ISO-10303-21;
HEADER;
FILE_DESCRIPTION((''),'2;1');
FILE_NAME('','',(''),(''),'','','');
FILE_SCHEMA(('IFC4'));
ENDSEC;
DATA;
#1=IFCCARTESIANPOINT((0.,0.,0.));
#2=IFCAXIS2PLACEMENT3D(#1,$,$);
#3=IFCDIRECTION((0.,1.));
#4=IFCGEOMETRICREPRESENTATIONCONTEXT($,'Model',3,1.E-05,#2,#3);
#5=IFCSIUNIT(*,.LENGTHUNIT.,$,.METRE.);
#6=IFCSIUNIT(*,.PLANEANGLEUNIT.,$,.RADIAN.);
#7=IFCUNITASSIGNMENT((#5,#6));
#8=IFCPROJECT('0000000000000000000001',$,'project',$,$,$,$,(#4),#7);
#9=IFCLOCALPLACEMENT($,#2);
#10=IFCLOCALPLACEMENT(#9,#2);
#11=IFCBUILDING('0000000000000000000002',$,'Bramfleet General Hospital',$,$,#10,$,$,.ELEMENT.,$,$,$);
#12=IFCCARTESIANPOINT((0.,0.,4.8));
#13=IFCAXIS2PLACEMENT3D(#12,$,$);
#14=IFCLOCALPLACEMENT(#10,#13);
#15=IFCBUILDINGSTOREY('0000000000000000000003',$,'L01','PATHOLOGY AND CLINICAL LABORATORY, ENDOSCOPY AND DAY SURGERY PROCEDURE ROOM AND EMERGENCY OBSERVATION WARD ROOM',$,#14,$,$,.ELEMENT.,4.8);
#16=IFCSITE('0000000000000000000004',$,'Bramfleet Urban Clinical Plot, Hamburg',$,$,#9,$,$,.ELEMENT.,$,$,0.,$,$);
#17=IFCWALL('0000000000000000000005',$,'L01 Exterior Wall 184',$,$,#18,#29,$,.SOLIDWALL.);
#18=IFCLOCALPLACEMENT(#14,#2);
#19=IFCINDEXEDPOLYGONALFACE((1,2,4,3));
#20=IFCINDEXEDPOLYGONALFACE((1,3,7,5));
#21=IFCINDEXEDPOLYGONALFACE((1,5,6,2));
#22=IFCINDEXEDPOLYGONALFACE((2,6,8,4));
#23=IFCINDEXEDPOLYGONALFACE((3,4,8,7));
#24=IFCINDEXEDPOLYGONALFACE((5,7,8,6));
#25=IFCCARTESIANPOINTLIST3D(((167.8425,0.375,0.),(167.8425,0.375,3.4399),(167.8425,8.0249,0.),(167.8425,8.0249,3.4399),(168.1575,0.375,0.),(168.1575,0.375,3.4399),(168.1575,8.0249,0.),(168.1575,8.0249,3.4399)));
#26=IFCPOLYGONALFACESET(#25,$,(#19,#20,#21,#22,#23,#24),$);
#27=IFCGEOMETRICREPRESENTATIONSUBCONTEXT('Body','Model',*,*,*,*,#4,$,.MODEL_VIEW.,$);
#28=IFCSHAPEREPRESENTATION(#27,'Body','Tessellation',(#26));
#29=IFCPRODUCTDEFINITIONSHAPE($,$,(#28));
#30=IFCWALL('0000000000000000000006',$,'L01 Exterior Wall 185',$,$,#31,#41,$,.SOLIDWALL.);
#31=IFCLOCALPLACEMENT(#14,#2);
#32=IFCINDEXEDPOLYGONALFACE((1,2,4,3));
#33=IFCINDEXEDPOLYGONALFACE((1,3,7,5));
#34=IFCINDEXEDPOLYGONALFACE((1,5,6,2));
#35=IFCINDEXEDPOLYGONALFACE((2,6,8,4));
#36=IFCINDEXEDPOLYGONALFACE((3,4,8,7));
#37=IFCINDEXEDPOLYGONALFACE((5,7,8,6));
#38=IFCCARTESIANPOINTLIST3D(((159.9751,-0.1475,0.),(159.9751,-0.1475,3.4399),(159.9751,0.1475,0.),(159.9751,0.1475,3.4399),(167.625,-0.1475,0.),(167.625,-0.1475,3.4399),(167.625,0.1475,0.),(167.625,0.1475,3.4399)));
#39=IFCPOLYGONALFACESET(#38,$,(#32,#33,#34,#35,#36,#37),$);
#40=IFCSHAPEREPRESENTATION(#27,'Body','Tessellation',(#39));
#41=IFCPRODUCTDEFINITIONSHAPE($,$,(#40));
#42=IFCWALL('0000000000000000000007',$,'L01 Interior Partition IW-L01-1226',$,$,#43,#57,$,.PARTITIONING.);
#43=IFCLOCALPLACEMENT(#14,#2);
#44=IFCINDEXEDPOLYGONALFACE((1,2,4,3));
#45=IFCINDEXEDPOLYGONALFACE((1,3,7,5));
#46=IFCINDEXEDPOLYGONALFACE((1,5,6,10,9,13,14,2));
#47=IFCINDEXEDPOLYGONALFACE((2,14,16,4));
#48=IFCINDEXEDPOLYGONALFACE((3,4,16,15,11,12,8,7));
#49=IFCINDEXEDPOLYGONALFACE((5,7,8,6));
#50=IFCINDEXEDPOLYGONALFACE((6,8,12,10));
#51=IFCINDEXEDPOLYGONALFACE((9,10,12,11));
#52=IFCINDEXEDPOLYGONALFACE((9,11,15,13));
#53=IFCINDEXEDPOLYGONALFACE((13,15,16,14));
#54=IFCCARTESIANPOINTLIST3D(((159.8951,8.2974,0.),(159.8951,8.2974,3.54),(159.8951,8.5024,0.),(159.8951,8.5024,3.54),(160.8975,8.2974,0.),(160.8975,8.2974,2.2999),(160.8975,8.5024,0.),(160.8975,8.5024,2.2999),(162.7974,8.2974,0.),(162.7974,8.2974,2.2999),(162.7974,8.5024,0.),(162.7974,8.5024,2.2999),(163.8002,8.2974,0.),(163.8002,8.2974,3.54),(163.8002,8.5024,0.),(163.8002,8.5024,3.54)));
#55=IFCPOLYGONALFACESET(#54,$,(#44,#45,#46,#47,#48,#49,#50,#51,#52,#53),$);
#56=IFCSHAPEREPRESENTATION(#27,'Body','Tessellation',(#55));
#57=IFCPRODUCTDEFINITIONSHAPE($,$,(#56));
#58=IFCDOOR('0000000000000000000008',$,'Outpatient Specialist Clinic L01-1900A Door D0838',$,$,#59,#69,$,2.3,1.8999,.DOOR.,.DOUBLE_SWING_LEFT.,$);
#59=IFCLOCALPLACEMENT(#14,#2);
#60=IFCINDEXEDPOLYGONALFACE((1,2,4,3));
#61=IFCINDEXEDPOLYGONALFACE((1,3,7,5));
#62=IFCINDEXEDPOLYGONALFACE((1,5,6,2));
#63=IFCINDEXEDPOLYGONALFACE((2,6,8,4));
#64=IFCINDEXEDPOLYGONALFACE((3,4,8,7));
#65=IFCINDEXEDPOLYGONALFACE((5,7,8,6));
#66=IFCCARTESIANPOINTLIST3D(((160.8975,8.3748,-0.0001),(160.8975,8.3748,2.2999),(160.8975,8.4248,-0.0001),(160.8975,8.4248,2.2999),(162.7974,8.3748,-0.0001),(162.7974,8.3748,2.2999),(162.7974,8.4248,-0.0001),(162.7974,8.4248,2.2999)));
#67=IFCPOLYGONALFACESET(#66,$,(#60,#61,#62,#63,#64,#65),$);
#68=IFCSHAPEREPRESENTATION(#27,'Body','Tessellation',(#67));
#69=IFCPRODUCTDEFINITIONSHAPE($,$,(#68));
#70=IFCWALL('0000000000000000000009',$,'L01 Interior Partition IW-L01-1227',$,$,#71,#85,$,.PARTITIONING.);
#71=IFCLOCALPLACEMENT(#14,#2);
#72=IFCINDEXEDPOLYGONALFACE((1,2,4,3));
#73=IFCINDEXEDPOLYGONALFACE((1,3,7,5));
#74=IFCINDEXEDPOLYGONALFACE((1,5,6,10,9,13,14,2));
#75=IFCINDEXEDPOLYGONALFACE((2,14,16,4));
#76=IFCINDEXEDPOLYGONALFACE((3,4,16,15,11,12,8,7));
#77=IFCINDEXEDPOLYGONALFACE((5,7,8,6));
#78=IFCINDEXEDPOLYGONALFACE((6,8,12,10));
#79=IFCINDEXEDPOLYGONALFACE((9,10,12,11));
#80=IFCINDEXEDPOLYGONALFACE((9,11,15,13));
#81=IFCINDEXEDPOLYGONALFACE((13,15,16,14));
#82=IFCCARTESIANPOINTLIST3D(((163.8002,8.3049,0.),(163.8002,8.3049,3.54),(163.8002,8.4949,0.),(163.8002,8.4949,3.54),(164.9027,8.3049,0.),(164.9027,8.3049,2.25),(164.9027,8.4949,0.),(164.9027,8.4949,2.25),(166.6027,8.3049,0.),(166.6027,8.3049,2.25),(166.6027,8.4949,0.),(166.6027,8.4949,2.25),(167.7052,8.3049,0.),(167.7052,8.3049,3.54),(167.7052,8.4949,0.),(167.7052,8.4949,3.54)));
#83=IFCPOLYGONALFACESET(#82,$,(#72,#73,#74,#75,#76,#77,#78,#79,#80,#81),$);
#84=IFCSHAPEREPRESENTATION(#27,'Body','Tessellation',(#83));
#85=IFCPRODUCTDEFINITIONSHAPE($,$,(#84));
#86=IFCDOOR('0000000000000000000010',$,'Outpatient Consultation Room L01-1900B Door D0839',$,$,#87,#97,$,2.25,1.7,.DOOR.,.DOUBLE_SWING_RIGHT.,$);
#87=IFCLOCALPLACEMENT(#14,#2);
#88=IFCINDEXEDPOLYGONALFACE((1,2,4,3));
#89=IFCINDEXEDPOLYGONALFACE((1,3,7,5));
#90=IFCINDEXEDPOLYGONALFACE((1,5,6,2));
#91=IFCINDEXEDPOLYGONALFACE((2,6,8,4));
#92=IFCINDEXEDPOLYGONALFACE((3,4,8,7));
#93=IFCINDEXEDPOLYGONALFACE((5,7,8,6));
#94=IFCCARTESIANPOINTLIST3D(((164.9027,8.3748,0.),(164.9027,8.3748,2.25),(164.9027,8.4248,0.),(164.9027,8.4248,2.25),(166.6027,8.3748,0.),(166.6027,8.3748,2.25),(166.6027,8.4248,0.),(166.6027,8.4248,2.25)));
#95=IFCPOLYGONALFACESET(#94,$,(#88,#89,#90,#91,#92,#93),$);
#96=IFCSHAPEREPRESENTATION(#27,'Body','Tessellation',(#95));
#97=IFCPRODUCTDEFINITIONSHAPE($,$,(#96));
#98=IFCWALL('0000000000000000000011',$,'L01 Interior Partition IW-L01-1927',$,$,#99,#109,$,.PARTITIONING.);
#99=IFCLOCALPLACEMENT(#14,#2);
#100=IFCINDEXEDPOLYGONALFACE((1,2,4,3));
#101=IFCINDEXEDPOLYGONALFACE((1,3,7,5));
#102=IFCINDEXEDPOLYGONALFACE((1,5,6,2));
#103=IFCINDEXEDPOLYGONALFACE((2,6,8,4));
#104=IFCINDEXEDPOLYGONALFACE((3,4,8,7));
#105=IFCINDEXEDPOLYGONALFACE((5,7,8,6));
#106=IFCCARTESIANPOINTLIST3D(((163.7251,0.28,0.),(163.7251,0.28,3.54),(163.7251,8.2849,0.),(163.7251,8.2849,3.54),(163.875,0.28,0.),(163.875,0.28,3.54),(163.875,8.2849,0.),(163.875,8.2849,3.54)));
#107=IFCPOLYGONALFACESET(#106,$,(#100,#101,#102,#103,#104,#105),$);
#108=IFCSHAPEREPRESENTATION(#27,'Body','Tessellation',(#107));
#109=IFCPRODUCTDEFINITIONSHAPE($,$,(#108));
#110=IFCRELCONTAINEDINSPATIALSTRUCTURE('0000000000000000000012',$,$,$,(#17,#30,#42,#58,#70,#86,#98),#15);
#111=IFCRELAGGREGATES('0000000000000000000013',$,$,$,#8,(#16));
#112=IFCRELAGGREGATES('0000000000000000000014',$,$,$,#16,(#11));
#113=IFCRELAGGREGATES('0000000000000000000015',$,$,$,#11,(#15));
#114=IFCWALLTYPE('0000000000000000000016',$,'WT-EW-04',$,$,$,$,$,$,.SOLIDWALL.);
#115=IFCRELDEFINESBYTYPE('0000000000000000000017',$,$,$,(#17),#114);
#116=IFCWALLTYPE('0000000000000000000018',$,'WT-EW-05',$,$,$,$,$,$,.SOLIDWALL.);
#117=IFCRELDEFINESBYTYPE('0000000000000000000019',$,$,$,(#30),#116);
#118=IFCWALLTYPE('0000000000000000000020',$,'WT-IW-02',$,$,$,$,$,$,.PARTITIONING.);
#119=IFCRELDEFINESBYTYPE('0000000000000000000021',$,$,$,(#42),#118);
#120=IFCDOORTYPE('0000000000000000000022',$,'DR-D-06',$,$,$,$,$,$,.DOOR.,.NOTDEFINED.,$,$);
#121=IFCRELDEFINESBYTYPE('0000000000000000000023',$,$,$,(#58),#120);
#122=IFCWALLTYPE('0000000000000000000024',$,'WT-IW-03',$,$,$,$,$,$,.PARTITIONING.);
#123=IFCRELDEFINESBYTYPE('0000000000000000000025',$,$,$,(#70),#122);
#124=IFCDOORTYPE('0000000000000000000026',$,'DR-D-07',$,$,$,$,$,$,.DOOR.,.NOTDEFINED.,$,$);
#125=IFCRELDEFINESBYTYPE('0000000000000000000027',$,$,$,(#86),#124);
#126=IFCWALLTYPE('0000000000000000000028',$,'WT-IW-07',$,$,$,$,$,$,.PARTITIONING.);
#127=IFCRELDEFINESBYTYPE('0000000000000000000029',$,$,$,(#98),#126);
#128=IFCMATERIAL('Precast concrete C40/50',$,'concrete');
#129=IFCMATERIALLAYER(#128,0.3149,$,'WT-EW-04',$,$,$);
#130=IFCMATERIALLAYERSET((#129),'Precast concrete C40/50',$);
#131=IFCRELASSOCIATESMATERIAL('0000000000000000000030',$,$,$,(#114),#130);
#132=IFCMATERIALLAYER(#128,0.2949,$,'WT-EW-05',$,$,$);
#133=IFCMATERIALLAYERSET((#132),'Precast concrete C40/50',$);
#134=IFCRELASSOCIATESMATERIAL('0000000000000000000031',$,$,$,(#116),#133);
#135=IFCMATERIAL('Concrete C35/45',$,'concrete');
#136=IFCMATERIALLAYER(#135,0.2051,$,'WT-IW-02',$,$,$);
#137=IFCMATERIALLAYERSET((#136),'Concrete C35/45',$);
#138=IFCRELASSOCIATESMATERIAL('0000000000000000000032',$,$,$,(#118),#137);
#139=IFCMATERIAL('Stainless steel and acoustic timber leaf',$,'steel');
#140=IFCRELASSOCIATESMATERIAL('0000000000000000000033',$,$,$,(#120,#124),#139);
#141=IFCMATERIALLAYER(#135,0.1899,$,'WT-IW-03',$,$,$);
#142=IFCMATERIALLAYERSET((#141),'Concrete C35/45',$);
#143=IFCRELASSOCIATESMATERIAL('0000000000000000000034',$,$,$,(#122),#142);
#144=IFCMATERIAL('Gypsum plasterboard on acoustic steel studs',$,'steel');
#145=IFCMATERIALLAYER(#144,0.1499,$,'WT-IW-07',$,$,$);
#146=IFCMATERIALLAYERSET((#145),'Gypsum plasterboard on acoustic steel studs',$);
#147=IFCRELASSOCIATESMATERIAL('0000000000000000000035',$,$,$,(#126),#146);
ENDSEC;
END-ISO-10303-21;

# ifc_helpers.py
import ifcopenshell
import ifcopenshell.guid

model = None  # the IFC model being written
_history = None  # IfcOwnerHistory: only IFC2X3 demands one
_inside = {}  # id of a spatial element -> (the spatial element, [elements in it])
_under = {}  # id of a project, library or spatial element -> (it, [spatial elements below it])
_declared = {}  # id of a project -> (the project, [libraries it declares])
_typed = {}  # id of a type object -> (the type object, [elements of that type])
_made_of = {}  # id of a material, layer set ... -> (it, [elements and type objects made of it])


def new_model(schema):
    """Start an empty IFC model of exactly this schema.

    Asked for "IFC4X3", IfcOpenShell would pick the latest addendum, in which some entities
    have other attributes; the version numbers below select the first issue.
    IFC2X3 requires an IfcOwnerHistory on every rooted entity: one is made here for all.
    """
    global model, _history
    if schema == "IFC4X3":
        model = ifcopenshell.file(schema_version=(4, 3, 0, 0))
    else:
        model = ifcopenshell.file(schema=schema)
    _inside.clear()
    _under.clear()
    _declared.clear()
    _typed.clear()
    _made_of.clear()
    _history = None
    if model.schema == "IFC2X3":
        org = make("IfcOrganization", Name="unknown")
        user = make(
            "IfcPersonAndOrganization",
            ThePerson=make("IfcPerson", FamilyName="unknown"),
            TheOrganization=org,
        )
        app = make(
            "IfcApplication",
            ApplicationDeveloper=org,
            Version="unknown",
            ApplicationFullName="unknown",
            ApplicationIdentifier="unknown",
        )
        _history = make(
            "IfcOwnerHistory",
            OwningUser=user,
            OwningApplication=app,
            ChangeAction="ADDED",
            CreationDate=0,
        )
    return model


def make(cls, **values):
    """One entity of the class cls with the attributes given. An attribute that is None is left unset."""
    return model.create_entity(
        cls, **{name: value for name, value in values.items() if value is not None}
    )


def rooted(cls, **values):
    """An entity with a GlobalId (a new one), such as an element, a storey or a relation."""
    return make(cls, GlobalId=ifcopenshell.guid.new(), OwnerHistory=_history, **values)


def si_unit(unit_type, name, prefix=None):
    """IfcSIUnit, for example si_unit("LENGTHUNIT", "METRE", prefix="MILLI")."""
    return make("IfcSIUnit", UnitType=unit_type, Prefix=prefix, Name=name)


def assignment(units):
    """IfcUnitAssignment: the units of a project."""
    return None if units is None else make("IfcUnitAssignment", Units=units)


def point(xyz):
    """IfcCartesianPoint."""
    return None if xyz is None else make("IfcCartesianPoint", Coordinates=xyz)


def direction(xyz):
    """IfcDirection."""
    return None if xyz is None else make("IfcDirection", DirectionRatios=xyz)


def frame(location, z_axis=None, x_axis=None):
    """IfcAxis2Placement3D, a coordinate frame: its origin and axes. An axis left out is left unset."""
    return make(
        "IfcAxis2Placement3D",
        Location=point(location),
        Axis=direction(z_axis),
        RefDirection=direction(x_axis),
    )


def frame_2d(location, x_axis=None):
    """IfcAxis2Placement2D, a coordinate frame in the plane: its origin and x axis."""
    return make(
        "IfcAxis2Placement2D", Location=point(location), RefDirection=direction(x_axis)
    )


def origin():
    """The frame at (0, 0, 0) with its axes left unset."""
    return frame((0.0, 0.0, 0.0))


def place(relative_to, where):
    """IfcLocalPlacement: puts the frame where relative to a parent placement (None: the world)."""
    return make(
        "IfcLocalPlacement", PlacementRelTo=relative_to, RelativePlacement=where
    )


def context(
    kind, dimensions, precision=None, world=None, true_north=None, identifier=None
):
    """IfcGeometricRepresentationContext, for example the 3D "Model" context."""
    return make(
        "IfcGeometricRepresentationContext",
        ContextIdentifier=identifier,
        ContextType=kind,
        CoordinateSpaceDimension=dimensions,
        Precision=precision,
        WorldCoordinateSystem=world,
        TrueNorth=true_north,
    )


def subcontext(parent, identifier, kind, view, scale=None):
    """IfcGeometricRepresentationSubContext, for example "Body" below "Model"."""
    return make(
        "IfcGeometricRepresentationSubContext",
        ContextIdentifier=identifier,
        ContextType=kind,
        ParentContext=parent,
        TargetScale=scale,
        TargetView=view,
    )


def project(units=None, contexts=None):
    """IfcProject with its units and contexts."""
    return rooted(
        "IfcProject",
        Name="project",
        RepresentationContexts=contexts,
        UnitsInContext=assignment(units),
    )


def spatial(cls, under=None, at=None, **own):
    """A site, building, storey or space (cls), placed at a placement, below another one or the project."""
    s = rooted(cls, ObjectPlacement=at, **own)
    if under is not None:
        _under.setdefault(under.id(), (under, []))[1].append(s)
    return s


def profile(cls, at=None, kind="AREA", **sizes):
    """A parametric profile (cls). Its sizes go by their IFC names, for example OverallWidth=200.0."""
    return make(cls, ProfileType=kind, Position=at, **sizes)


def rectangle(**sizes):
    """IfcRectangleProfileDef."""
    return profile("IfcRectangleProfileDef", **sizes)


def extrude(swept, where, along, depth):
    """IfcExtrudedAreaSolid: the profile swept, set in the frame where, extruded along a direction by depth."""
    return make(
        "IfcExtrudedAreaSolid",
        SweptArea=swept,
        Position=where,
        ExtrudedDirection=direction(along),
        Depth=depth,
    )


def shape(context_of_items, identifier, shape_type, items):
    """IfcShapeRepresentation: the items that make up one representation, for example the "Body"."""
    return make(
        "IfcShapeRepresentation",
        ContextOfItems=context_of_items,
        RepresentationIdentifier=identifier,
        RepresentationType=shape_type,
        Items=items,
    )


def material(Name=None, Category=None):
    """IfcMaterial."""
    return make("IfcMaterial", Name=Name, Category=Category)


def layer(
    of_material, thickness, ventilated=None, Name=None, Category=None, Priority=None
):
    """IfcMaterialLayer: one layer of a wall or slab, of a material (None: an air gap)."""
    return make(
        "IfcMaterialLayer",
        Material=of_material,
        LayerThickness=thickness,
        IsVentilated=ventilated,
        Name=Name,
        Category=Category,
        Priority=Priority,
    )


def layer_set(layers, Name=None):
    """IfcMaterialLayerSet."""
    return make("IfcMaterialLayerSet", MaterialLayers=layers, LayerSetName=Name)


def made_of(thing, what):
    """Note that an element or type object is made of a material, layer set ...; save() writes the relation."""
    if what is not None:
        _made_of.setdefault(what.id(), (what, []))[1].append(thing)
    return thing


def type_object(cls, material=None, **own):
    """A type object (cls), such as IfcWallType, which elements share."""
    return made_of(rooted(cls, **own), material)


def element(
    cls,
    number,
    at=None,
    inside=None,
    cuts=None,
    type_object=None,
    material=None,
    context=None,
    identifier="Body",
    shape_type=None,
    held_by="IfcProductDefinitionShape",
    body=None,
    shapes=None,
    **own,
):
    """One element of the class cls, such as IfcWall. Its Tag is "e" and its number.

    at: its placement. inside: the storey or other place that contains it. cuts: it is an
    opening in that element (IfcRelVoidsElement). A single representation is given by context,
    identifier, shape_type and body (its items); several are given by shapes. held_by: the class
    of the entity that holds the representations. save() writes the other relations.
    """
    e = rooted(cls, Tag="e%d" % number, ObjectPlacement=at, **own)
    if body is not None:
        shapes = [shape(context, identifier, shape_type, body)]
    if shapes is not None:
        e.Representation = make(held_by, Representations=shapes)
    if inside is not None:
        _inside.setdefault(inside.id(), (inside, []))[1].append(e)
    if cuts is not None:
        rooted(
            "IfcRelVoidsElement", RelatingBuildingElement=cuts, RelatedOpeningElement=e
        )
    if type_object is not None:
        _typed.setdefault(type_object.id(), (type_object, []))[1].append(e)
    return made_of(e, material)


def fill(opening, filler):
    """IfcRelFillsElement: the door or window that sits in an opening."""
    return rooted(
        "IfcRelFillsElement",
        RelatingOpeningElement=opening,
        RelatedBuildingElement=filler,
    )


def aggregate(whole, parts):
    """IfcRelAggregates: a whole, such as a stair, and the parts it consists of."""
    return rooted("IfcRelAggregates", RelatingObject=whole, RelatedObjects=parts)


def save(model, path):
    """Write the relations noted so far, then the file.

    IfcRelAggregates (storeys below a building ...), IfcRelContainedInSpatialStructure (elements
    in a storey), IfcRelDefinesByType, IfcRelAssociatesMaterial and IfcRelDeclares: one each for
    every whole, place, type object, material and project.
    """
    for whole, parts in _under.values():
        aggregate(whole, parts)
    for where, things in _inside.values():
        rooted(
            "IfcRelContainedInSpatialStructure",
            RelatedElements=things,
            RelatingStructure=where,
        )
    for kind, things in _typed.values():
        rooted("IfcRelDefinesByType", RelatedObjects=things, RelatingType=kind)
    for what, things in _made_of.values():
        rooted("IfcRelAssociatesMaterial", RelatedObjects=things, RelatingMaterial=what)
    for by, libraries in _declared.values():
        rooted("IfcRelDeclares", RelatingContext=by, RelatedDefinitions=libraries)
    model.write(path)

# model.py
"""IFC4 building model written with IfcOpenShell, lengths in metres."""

from ifc_helpers import new_model, si_unit, direction, frame, frame_2d, origin, place, context, subcontext, project, spatial, rectangle, extrude, material, layer, layer_set, type_object, element, fill, save


model = new_model("IFC4")

# Units and contexts
model_context = context("Model", 3, precision=1e-05, world=origin(), true_north=direction((0.0, 1.0)))
body_context = subcontext(model_context, "Body", "Model", "MODEL_VIEW")
ifc_project = project(units=[si_unit("LENGTHUNIT", "METRE"), si_unit("PLANEANGLEUNIT", "RADIAN")], contexts=[model_context])

# Site, building, storey
site_placement = place(None, origin())
site = spatial("IfcSite", under=ifc_project, at=site_placement, Name="Bramfleet Urban Clinical Plot, Hamburg", CompositionType="ELEMENT", RefElevation=0.0)
building_placement = place(site_placement, origin())
building = spatial("IfcBuilding", under=site, at=building_placement, Name="Bramfleet General Hospital", CompositionType="ELEMENT")
storey_placement = place(building_placement, frame((0.0, 0.0, 4.8)))
storey = spatial("IfcBuildingStorey", under=building, at=storey_placement, Name="L01", Description="PATHOLOGY AND CLINICAL LABORATORY, ENDOSCOPY AND DAY SURGERY PROCEDURE ROOM AND EMERGENCY OBSERVATION WARD ROOM", CompositionType="ELEMENT", Elevation=4.8)

# Shared definitions
ifc_material_1 = material(Name="Concrete C35/45", Category="concrete")

# Walls
ifc_material_2 = material(Name="Precast concrete C40/50", Category="concrete")
ifc_layer_1 = layer(ifc_material_2, 0.3149, Name="WT-EW-04")
ifc_layer_set_1 = layer_set([ifc_layer_1], Name="Precast concrete C40/50")
wall_type_1 = type_object("IfcWallType", Name="WT-EW-04", PredefinedType="SOLIDWALL", material=ifc_layer_set_1)
wall_1_placement = place(storey_placement, frame((168.0, 8.0249, 0.0), z_axis=(0.0, 0.0, 1.0), x_axis=(0.0, -1.0, 0.0)))
element("IfcWall", 1, at=wall_1_placement, inside=storey, type_object=wall_type_1, Name="L01 Exterior Wall 184", PredefinedType="SOLIDWALL", context=body_context, shape_type="SweptSolid", body=[
    extrude(rectangle(XDim=7.6499, YDim=0.3149, at=frame_2d((3.825, 0.0))), origin(), (0.0, 0.0, 1.0), 3.4399),
])
ifc_layer_2 = layer(ifc_material_2, 0.2949, Name="WT-EW-05")
ifc_layer_set_2 = layer_set([ifc_layer_2], Name="Precast concrete C40/50")
wall_type_2 = type_object("IfcWallType", Name="WT-EW-05", PredefinedType="SOLIDWALL", material=ifc_layer_set_2)
wall_2_placement = place(storey_placement, frame((167.625, 0.0, 0.0), z_axis=(0.0, 0.0, 1.0), x_axis=(-1.0, 0.0, 0.0)))
element("IfcWall", 2, at=wall_2_placement, inside=storey, type_object=wall_type_2, Name="L01 Exterior Wall 185", PredefinedType="SOLIDWALL", context=body_context, shape_type="SweptSolid", body=[
    extrude(rectangle(XDim=7.6499, YDim=0.2949, at=frame_2d((3.825, 0.0))), origin(), (0.0, 0.0, 1.0), 3.4399),
])

# Walls, openings, doors
ifc_layer_3 = layer(ifc_material_1, 0.2051, Name="WT-IW-02")
ifc_layer_set_3 = layer_set([ifc_layer_3], Name="Concrete C35/45")
wall_type_3 = type_object("IfcWallType", Name="WT-IW-02", PredefinedType="PARTITIONING", material=ifc_layer_set_3)
wall_3_placement = place(storey_placement, frame((159.895, 8.3999, 0.0), z_axis=(0.0, 0.0, 1.0), x_axis=(1.0, 0.0, 0.0)))
wall_3 = element("IfcWall", 3, at=wall_3_placement, inside=storey, type_object=wall_type_3, Name="L01 Interior Partition IW-L01-1226", PredefinedType="PARTITIONING", context=body_context, shape_type="SweptSolid", body=[
    extrude(rectangle(XDim=3.905, YDim=0.2051, at=frame_2d((1.9526, 0.0))), origin(), (0.0, 0.0, 1.0), 3.54),
])
opening_1_placement = place(wall_3_placement, frame((1.0024, 0.0, 0.0)))
opening_1 = element("IfcOpeningElement", 4, at=opening_1_placement, cuts=wall_3, PredefinedType="OPENING", context=body_context, shape_type="SweptSolid", body=[
    extrude(rectangle(XDim=1.8999, YDim=2.3, at=frame_2d((0.95, 1.1499))), frame((0.0, 0.1125, 0.0), z_axis=(0.0, -1.0, 0.0), x_axis=(1.0, 0.0, 0.0)), (0.0, 0.0, 1.0), 0.2251),
])
ifc_material_3 = material(Name="Stainless steel and acoustic timber leaf", Category="steel")
door_type_1 = type_object("IfcDoorType", Name="DR-D-06", OperationType="NOTDEFINED", PredefinedType="DOOR", material=ifc_material_3)
door_1_placement = place(opening_1_placement, origin())
door_1 = element("IfcDoor", 5, at=door_1_placement, inside=storey, type_object=door_type_1, Name="Outpatient Specialist Clinic L01-1900A Door D0838", OperationType="DOUBLE_SWING_LEFT", OverallHeight=2.3, OverallWidth=1.8999, PredefinedType="DOOR", context=body_context, shape_type="SweptSolid", body=[
    extrude(rectangle(XDim=1.8999, YDim=2.3, at=frame_2d((0.95, 1.1499))), frame((0.0, 0.0249, 0.0), z_axis=(0.0, -1.0, 0.0), x_axis=(1.0, 0.0, 0.0)), (0.0, 0.0, 1.0), 0.05),
])
fill(opening_1, door_1)
ifc_layer_4 = layer(ifc_material_1, 0.1899, Name="WT-IW-03")
ifc_layer_set_4 = layer_set([ifc_layer_4], Name="Concrete C35/45")
wall_type_4 = type_object("IfcWallType", Name="WT-IW-03", PredefinedType="PARTITIONING", material=ifc_layer_set_4)
wall_4_placement = place(storey_placement, frame((163.8, 8.3999, 0.0), z_axis=(0.0, 0.0, 1.0), x_axis=(1.0, 0.0, 0.0)))
wall_4 = element("IfcWall", 6, at=wall_4_placement, inside=storey, type_object=wall_type_4, Name="L01 Interior Partition IW-L01-1227", PredefinedType="PARTITIONING", context=body_context, shape_type="SweptSolid", body=[
    extrude(rectangle(XDim=3.905, YDim=0.1899, at=frame_2d((1.9526, 0.0))), origin(), (0.0, 0.0, 1.0), 3.54),
])
opening_2_placement = place(wall_4_placement, frame((1.1025, 0.0, 0.0)))
opening_2 = element("IfcOpeningElement", 7, at=opening_2_placement, cuts=wall_4, PredefinedType="OPENING", context=body_context, shape_type="SweptSolid", body=[
    extrude(rectangle(XDim=1.7, YDim=2.25, at=frame_2d((0.8501, 1.125))), frame((0.0, 0.105, 0.0), z_axis=(0.0, -1.0, 0.0), x_axis=(1.0, 0.0, 0.0)), (0.0, 0.0, 1.0), 0.21),
])
door_type_2 = type_object("IfcDoorType", Name="DR-D-07", OperationType="NOTDEFINED", PredefinedType="DOOR", material=ifc_material_3)
door_2_placement = place(opening_2_placement, origin())
door_2 = element("IfcDoor", 8, at=door_2_placement, inside=storey, type_object=door_type_2, Name="Outpatient Consultation Room L01-1900B Door D0839", OperationType="DOUBLE_SWING_RIGHT", OverallHeight=2.25, OverallWidth=1.7, PredefinedType="DOOR", context=body_context, shape_type="SweptSolid", body=[
    extrude(rectangle(XDim=1.7, YDim=2.25, at=frame_2d((0.8501, 1.125))), frame((0.0, 0.0249, 0.0), z_axis=(0.0, -1.0, 0.0), x_axis=(1.0, 0.0, 0.0)), (0.0, 0.0, 1.0), 0.05),
])
fill(opening_2, door_2)

# Wall
ifc_material_4 = material(Name="Gypsum plasterboard on acoustic steel studs", Category="steel")
ifc_layer_5 = layer(ifc_material_4, 0.1499, Name="WT-IW-07")
ifc_layer_set_5 = layer_set([ifc_layer_5], Name="Gypsum plasterboard on acoustic steel studs")
wall_type_5 = type_object("IfcWallType", Name="WT-IW-07", PredefinedType="PARTITIONING", material=ifc_layer_set_5)
wall_5_placement = place(storey_placement, frame((163.8, 0.28, 0.0), z_axis=(0.0, 0.0, 1.0), x_axis=(0.0, 1.0, 0.0)))
element("IfcWall", 9, at=wall_5_placement, inside=storey, type_object=wall_type_5, Name="L01 Interior Partition IW-L01-1927", PredefinedType="PARTITIONING", context=body_context, shape_type="SweptSolid", body=[
    extrude(rectangle(XDim=8.0049, YDim=0.1499, at=frame_2d((4.0024, 0.0))), origin(), (0.0, 0.0, 1.0), 3.54),
])

save(model, "model.ifc")
